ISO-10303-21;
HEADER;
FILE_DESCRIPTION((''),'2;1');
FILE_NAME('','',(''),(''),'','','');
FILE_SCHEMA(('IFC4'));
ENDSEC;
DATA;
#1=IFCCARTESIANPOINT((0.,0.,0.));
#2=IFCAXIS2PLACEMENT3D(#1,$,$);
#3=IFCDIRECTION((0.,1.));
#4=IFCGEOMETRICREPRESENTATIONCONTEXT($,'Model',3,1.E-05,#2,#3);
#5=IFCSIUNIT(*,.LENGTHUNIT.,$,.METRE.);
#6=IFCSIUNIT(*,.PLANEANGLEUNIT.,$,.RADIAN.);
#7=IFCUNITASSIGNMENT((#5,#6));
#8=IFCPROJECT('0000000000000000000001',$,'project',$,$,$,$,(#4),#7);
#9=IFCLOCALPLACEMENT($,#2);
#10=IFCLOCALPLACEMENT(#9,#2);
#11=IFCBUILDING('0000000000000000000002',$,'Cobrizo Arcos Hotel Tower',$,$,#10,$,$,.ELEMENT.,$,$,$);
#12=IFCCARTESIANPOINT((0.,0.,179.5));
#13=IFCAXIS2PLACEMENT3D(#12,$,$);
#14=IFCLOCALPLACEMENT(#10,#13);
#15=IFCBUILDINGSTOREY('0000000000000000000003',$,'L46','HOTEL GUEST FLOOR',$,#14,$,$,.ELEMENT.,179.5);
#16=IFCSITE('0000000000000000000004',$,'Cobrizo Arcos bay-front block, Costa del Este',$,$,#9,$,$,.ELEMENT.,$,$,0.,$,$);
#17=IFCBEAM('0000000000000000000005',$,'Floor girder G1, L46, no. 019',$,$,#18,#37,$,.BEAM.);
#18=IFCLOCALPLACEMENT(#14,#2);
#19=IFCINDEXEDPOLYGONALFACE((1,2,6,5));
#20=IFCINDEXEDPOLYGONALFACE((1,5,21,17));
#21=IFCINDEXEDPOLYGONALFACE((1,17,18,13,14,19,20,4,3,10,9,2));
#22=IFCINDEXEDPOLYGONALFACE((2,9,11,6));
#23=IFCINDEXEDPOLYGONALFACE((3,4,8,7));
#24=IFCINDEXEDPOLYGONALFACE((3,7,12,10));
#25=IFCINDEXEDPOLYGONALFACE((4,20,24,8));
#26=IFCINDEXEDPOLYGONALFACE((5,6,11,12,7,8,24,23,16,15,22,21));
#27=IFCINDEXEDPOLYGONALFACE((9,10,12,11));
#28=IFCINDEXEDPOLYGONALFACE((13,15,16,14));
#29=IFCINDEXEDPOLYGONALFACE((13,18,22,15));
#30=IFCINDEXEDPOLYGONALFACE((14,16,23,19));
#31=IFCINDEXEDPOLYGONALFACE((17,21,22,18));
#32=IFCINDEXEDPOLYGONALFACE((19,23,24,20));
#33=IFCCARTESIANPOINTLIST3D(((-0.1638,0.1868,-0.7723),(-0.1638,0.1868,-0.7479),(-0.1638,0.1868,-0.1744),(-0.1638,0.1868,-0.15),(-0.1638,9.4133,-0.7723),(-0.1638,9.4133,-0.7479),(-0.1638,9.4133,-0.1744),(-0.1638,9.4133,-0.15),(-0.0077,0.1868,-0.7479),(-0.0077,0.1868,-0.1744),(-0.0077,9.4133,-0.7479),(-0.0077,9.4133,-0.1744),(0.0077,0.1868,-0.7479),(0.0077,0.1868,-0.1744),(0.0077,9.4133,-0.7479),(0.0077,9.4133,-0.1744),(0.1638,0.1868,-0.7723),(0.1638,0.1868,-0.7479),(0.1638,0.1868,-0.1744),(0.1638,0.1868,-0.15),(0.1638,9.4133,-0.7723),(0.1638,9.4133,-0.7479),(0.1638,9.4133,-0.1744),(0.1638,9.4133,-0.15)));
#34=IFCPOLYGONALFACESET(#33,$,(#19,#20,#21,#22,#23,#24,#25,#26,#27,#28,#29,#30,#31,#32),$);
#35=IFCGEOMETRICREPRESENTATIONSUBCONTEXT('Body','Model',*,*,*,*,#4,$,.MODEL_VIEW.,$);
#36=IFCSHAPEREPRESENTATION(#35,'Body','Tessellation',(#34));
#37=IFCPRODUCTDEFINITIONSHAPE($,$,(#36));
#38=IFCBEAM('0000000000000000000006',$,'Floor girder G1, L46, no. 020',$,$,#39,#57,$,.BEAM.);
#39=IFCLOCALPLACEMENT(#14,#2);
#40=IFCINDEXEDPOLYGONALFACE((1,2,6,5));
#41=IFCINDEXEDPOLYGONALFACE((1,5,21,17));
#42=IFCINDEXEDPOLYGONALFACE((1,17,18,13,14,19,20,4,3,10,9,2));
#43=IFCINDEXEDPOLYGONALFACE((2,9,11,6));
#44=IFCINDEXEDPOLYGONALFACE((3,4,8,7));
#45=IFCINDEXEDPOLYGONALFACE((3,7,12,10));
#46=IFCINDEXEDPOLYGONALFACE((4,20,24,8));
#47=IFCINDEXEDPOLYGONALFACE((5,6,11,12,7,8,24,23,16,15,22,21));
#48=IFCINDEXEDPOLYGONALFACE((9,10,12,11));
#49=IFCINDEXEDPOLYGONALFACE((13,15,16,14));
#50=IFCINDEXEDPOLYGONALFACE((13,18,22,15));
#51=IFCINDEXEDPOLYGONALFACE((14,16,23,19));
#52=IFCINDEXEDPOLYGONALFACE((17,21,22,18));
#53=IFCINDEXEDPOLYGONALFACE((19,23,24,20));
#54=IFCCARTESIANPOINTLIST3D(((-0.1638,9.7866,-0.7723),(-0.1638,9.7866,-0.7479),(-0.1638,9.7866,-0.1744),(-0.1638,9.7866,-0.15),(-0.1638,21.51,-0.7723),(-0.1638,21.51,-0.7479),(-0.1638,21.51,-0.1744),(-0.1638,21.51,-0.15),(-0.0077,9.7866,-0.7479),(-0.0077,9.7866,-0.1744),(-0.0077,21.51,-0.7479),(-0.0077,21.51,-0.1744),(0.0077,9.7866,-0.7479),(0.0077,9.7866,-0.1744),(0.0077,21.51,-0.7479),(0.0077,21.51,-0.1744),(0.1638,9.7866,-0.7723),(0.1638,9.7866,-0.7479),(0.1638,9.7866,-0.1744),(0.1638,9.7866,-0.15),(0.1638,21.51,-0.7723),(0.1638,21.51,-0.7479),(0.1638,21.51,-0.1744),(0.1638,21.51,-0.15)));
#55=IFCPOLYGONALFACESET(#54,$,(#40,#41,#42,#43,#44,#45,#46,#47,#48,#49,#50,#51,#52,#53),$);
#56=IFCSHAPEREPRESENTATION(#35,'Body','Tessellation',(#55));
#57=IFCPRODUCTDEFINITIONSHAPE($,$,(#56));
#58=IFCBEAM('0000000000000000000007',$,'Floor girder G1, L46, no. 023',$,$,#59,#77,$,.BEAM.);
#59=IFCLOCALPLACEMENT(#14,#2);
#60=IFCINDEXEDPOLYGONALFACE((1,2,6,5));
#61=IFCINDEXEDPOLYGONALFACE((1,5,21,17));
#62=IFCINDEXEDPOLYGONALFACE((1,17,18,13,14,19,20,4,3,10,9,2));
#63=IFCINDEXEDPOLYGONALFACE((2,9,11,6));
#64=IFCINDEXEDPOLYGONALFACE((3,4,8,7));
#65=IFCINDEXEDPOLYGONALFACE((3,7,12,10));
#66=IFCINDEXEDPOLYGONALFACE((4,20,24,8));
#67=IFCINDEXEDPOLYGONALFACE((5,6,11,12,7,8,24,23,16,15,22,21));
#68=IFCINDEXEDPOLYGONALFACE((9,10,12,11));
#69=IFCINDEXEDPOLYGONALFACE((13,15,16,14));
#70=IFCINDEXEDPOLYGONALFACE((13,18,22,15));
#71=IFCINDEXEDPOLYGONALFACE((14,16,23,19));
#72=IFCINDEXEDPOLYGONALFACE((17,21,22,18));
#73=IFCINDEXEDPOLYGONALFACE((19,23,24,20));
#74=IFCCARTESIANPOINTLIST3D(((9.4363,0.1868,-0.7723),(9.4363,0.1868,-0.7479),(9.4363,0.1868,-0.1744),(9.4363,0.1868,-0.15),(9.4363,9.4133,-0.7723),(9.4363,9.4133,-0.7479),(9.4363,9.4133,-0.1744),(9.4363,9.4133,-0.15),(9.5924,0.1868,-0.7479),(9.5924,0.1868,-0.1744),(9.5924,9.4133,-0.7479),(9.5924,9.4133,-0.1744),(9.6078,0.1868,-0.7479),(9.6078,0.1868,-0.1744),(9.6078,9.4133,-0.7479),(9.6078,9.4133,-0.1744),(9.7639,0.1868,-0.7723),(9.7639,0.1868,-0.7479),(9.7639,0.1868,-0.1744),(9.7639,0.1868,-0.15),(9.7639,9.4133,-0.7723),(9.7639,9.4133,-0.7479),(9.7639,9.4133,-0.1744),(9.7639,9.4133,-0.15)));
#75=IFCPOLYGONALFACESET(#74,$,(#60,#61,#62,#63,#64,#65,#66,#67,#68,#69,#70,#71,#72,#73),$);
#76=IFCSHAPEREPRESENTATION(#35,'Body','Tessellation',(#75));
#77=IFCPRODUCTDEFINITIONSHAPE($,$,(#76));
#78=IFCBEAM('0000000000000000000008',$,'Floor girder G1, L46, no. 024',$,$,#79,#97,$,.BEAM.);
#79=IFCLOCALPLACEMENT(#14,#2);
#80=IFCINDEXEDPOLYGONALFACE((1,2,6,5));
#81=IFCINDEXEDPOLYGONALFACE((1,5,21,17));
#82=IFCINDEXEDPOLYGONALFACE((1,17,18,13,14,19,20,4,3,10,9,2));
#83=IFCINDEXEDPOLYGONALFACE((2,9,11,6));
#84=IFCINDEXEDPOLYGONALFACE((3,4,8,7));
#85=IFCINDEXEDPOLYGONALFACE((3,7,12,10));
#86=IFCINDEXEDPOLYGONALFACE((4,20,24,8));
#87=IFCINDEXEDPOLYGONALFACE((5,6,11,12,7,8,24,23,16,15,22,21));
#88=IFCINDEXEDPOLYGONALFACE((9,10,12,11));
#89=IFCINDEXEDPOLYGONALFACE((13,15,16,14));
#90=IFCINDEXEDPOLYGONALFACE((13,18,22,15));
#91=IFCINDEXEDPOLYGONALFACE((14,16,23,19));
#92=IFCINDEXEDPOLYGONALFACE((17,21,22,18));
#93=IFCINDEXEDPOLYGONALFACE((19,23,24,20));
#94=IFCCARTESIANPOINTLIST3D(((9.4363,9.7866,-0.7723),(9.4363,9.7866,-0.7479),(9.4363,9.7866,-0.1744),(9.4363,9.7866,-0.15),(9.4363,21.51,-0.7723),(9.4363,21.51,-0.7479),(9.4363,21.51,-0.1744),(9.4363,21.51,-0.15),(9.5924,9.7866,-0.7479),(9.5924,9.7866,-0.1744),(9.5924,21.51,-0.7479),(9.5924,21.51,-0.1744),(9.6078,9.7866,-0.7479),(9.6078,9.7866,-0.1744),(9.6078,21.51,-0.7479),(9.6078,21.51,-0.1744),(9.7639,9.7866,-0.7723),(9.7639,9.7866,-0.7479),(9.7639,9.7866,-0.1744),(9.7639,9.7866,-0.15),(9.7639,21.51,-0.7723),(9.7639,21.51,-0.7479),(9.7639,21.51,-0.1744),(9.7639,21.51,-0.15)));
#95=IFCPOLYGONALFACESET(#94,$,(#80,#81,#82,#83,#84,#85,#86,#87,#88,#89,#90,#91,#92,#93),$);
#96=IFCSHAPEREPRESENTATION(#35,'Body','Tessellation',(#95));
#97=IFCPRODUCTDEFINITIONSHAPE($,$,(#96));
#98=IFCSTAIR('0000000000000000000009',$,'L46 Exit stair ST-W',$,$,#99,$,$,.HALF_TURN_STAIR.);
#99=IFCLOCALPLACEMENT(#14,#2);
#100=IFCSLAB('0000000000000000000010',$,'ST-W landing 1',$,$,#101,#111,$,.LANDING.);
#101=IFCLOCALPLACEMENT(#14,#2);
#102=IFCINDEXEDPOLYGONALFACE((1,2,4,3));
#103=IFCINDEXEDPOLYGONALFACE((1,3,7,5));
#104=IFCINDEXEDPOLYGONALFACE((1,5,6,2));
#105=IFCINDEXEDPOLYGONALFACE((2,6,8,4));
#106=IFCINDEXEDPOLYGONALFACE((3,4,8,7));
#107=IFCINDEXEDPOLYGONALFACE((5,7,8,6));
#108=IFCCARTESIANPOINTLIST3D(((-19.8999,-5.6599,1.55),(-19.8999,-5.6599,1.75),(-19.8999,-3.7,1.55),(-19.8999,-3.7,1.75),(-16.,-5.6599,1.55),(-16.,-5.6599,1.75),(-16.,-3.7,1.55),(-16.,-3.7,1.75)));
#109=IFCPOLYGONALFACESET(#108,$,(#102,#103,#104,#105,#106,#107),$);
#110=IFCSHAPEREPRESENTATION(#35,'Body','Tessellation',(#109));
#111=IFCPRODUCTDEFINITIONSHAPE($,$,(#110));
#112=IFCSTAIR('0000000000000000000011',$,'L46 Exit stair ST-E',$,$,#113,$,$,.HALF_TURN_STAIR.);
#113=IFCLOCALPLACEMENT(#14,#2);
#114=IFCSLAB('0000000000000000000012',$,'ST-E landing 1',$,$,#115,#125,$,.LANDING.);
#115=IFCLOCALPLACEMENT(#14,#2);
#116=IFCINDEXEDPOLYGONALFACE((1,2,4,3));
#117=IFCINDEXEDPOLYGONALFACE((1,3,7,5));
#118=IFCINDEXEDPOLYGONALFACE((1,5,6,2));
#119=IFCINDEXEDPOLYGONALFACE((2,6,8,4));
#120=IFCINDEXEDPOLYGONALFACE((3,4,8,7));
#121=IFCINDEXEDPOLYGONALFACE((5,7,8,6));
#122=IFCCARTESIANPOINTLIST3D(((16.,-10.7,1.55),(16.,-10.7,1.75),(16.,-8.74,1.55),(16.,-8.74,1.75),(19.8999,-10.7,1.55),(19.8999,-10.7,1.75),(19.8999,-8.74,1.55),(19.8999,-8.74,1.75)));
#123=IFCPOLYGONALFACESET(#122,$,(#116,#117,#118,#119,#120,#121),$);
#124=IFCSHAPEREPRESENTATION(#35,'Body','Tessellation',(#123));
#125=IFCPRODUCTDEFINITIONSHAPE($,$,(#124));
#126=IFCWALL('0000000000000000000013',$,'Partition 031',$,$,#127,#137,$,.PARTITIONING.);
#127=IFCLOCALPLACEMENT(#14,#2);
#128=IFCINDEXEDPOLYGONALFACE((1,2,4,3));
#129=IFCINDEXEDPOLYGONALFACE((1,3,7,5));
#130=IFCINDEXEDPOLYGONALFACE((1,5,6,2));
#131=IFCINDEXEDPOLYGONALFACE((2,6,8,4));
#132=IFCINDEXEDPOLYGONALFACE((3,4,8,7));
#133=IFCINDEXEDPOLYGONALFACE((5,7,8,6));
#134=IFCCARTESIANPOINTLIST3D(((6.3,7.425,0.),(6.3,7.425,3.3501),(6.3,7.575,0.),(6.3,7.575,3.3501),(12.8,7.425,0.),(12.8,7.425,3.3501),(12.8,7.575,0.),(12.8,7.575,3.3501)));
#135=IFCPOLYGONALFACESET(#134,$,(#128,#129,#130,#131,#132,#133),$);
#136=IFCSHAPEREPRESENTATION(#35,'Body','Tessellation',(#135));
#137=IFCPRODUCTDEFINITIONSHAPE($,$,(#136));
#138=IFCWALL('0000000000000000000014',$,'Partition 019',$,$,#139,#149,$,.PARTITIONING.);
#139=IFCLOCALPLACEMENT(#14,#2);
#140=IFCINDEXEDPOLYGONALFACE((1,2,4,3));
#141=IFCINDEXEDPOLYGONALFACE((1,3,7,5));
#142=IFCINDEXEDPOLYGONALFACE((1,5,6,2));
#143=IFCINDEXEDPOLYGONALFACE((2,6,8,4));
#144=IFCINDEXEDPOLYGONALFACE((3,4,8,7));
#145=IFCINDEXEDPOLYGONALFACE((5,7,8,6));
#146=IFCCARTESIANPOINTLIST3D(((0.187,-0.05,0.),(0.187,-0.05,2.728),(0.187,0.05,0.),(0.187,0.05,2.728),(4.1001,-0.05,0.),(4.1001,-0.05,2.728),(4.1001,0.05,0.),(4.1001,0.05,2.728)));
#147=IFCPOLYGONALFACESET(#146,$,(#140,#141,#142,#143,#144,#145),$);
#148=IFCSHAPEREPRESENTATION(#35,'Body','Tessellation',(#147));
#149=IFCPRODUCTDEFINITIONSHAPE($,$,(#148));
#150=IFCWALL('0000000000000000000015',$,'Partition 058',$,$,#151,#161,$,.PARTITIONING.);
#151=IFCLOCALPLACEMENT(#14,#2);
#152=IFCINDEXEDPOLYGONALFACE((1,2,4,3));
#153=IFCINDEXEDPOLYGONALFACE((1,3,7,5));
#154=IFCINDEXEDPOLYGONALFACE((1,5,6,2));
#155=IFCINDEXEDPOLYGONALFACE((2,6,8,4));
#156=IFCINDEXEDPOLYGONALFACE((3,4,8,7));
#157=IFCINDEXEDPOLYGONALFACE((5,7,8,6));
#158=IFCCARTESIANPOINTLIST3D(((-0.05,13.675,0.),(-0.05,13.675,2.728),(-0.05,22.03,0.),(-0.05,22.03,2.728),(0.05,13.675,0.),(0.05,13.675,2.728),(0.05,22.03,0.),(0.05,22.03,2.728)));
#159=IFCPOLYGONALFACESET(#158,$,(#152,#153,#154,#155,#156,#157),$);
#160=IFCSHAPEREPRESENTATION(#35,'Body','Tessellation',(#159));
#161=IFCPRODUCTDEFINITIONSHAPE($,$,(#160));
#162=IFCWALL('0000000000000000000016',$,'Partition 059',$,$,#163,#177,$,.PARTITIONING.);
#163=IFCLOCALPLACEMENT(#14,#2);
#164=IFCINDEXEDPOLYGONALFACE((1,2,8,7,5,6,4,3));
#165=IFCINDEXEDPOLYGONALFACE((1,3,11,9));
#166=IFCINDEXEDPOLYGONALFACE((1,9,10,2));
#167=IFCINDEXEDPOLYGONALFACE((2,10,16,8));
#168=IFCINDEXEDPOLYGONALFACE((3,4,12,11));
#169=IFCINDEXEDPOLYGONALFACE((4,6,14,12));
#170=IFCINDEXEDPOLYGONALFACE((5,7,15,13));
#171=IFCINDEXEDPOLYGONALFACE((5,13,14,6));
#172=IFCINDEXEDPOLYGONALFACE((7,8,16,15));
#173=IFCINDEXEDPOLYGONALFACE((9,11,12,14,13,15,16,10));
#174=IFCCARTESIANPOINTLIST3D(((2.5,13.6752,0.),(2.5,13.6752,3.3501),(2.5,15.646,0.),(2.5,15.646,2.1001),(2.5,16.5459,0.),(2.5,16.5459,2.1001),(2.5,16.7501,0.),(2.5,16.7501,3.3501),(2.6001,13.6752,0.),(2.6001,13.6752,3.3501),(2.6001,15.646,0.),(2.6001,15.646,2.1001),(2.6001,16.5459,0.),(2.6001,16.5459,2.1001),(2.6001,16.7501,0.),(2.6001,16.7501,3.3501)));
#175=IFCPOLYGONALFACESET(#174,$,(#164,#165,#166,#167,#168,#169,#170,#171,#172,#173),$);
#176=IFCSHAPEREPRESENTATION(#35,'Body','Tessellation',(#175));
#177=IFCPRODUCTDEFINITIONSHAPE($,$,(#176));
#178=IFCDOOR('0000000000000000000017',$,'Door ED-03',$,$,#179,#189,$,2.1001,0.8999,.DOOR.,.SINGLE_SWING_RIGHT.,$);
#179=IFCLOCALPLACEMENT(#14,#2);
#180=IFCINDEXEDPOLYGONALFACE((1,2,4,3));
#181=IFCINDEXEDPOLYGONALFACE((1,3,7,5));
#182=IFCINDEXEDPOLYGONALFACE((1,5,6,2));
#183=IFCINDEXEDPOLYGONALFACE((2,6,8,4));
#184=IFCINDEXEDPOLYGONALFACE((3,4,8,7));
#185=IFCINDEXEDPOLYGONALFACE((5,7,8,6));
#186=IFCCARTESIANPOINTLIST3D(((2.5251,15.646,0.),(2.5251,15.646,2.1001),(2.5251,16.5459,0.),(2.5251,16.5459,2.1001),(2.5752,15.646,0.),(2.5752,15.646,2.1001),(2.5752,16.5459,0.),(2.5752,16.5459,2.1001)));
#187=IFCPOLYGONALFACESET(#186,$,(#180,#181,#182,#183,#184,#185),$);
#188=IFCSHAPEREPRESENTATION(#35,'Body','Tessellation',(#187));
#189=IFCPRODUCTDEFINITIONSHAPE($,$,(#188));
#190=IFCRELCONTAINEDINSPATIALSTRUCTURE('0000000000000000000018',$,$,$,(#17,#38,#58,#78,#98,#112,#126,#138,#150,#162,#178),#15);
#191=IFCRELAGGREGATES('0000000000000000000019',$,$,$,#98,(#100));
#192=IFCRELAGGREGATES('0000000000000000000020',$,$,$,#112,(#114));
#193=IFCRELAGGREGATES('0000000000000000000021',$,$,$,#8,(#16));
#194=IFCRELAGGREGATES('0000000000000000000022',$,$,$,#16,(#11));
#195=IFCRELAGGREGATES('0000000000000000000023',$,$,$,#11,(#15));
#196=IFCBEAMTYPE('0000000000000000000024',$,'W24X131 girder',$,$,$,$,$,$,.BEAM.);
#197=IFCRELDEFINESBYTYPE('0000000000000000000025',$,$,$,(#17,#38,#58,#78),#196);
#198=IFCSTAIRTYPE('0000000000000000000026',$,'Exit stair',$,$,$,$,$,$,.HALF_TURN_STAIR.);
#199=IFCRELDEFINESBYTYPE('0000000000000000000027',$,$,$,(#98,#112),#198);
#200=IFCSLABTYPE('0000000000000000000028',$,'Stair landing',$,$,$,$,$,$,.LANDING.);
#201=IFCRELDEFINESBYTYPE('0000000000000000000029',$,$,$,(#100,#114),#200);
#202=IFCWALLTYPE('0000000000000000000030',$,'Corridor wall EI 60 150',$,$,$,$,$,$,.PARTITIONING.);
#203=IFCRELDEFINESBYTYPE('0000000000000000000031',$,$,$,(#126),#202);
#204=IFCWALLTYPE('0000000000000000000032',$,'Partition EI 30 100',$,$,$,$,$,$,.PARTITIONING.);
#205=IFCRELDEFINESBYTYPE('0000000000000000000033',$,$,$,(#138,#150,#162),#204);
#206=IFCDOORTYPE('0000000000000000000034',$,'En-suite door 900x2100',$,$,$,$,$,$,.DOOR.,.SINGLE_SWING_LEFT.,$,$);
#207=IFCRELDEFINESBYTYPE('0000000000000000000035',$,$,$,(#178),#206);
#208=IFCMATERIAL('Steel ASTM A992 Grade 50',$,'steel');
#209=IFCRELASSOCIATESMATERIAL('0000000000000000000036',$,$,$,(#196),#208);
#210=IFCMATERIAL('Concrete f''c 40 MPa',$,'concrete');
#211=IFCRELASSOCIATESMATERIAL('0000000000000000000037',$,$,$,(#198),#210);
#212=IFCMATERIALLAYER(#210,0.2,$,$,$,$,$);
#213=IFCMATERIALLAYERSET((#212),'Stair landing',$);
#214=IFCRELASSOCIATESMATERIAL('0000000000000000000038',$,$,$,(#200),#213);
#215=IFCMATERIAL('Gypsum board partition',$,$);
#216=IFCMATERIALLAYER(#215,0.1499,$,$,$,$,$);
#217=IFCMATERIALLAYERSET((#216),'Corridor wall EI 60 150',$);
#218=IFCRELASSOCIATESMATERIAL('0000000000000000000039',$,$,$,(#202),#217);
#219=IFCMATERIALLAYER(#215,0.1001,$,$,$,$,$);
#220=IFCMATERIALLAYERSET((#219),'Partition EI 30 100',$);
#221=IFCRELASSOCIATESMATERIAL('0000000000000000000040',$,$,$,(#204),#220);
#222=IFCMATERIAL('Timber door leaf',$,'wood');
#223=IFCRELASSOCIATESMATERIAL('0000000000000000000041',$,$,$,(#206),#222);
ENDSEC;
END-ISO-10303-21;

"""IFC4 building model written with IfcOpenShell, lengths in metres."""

from ifc_helpers import new_model, si_unit, direction, frame, frame_2d, origin, origin_2d, place, context, subcontext, project, spatial, polyline, rectangle, i_section, outline, extrude, material, layer, layer_set, material_profile, profile_set, type_object, element, fill, aggregate, save


model = new_model("IFC4")

# Units and contexts
model_context = context("Model", 3, precision=1e-05, world=origin(), true_north=direction((0.0, 1.0)))
body_context = subcontext(model_context, "Body", "Model", "MODEL_VIEW")
ifc_project = project(units=[si_unit("LENGTHUNIT", "METRE"), si_unit("PLANEANGLEUNIT", "RADIAN")], contexts=[model_context])

# Site, building, storey
site_placement = place(None, origin())
site = spatial("IfcSite", under=ifc_project, at=site_placement, Name="Cobrizo Arcos bay-front block, Costa del Este", CompositionType="ELEMENT", RefElevation=0.0)
building_placement = place(site_placement, origin())
building = spatial("IfcBuilding", under=site, at=building_placement, Name="Cobrizo Arcos Hotel Tower", CompositionType="ELEMENT")
storey_placement = place(building_placement, frame((0.0, 0.0, 179.5)))
storey = spatial("IfcBuildingStorey", under=building, at=storey_placement, Name="L46", Description="HOTEL GUEST FLOOR", CompositionType="ELEMENT", Elevation=179.5)

# Shared definitions
ifc_material_1 = material(Name="Steel ASTM A992 Grade 50", Category="steel")

# Beams
ifc_material_profile_1 = material_profile(ifc_material_1, i_section(OverallWidth=0.3276, OverallDepth=0.6223, WebThickness=0.0154, FlangeThickness=0.0244, at=origin_2d()), Name="W24X131")
ifc_profile_set_1 = profile_set([ifc_material_profile_1], Name="Steel ASTM A992 Grade 50")
beam_type_1 = type_object("IfcBeamType", Name="W24X131 girder", PredefinedType="BEAM", material=ifc_profile_set_1)
beam_1_placement = place(storey_placement, frame((0.0, 0.1868, -0.4612), z_axis=(0.0, 1.0, 0.0), x_axis=(-1.0, 0.0, 0.0)))
element("IfcBeam", 1, at=beam_1_placement, inside=storey, type_object=beam_type_1, Name="Floor girder G1, L46, no. 019", PredefinedType="BEAM", context=body_context, shape_type="SweptSolid", body=[
    extrude(i_section(OverallWidth=0.3276, OverallDepth=0.6223, WebThickness=0.0154, FlangeThickness=0.0244, at=origin_2d()), origin(), (0.0, 0.0, 1.0), 9.2266),
])
beam_2_placement = place(storey_placement, frame((0.0, 9.7866, -0.4612), z_axis=(0.0, 1.0, 0.0), x_axis=(-1.0, 0.0, 0.0)))
element("IfcBeam", 2, at=beam_2_placement, inside=storey, type_object=beam_type_1, Name="Floor girder G1, L46, no. 020", PredefinedType="BEAM", context=body_context, shape_type="SweptSolid", body=[
    extrude(i_section(OverallWidth=0.3276, OverallDepth=0.6223, WebThickness=0.0154, FlangeThickness=0.0244, at=origin_2d()), origin(), (0.0, 0.0, 1.0), 11.7234),
])
beam_3_placement = place(storey_placement, frame((9.6001, 0.1868, -0.4612), z_axis=(0.0, 1.0, 0.0), x_axis=(-1.0, 0.0, 0.0)))
element("IfcBeam", 3, at=beam_3_placement, inside=storey, type_object=beam_type_1, Name="Floor girder G1, L46, no. 023", PredefinedType="BEAM", context=body_context, shape_type="SweptSolid", body=[
    extrude(i_section(OverallWidth=0.3276, OverallDepth=0.6223, WebThickness=0.0154, FlangeThickness=0.0244, at=origin_2d()), origin(), (0.0, 0.0, 1.0), 9.2266),
])
beam_4_placement = place(storey_placement, frame((9.6001, 9.7866, -0.4612), z_axis=(0.0, 1.0, 0.0), x_axis=(-1.0, 0.0, 0.0)))
element("IfcBeam", 4, at=beam_4_placement, inside=storey, type_object=beam_type_1, Name="Floor girder G1, L46, no. 024", PredefinedType="BEAM", context=body_context, shape_type="SweptSolid", body=[
    extrude(i_section(OverallWidth=0.3276, OverallDepth=0.6223, WebThickness=0.0154, FlangeThickness=0.0244, at=origin_2d()), origin(), (0.0, 0.0, 1.0), 11.7234),
])

# Stairs, slabs
ifc_material_2 = material(Name="Concrete f'c 40 MPa", Category="concrete")
stair_type = type_object("IfcStairType", Name="Exit stair", PredefinedType="HALF_TURN_STAIR", material=ifc_material_2)
stair_1_placement = place(storey_placement, origin())
stair_1 = element("IfcStair", 5, at=stair_1_placement, inside=storey, type_object=stair_type, Name="L46 Exit stair ST-W", PredefinedType="HALF_TURN_STAIR")
ifc_layer_1 = layer(ifc_material_2, 0.2)
ifc_layer_set_1 = layer_set([ifc_layer_1], Name="Stair landing")
slab_type = type_object("IfcSlabType", Name="Stair landing", PredefinedType="LANDING", material=ifc_layer_set_1)
slab_1_placement = place(storey_placement, frame((0.0, 0.0, 1.55)))
slab_1 = element("IfcSlab", 6, at=slab_1_placement, type_object=slab_type, Name="ST-W landing 1", PredefinedType="LANDING", context=body_context, shape_type="SweptSolid", body=[
    extrude(outline(polyline([(-16.0, -5.6599), (-16.0, -3.7), (-19.8999, -3.7), (-19.8999, -5.6599), (-16.0, -5.6599)])), origin(), (0.0, 0.0, 1.0), 0.2),
])
aggregate(stair_1, [slab_1])
stair_2_placement = place(storey_placement, origin())
stair_2 = element("IfcStair", 7, at=stair_2_placement, inside=storey, type_object=stair_type, Name="L46 Exit stair ST-E", PredefinedType="HALF_TURN_STAIR")
slab_2_placement = place(storey_placement, frame((0.0, 0.0, 1.55)))
slab_2 = element("IfcSlab", 8, at=slab_2_placement, type_object=slab_type, Name="ST-E landing 1", PredefinedType="LANDING", context=body_context, shape_type="SweptSolid", body=[
    extrude(outline(polyline([(16.0, -8.74), (16.0, -10.7), (19.8999, -10.7), (19.8999, -8.74), (16.0, -8.74)])), origin(), (0.0, 0.0, 1.0), 0.2),
])
aggregate(stair_2, [slab_2])

# Walls
ifc_material_3 = material(Name="Gypsum board partition")
ifc_layer_2 = layer(ifc_material_3, 0.1499)
ifc_layer_set_2 = layer_set([ifc_layer_2], Name="Corridor wall EI 60 150")
wall_type_1 = type_object("IfcWallType", Name="Corridor wall EI 60 150", PredefinedType="PARTITIONING", material=ifc_layer_set_2)
wall_1_placement = place(storey_placement, frame((6.3, 7.5, 0.0), z_axis=(0.0, 0.0, 1.0), x_axis=(1.0, 0.0, 0.0)))
element("IfcWall", 9, at=wall_1_placement, inside=storey, type_object=wall_type_1, Name="Partition 031", PredefinedType="PARTITIONING", context=body_context, shape_type="SweptSolid", body=[
    extrude(rectangle(XDim=6.5, YDim=0.1499, at=frame_2d((3.25, 0.0))), origin(), (0.0, 0.0, 1.0), 3.3501),
])
ifc_layer_3 = layer(ifc_material_3, 0.1001)
ifc_layer_set_3 = layer_set([ifc_layer_3], Name="Partition EI 30 100")
wall_type_2 = type_object("IfcWallType", Name="Partition EI 30 100", PredefinedType="PARTITIONING", material=ifc_layer_set_3)
wall_2_placement = place(storey_placement, frame((0.187, 0.0, 0.0), z_axis=(0.0, 0.0, 1.0), x_axis=(1.0, 0.0, 0.0)))
element("IfcWall", 10, at=wall_2_placement, inside=storey, type_object=wall_type_2, Name="Partition 019", PredefinedType="PARTITIONING", context=body_context, shape_type="SweptSolid", body=[
    extrude(rectangle(XDim=3.9131, YDim=0.1001, at=frame_2d((1.9565, 0.0))), origin(), (0.0, 0.0, 1.0), 2.728),
])
wall_3_placement = place(storey_placement, frame((0.0, 13.675, 0.0), z_axis=(0.0, 0.0, 1.0), x_axis=(0.0, 1.0, 0.0)))
element("IfcWall", 11, at=wall_3_placement, inside=storey, type_object=wall_type_2, Name="Partition 058", PredefinedType="PARTITIONING", context=body_context, shape_type="SweptSolid", body=[
    extrude(rectangle(XDim=8.355, YDim=0.1001, at=frame_2d((4.1775, 0.0))), origin(), (0.0, 0.0, 1.0), 2.728),
])

# Wall, opening, door
wall_4_placement = place(storey_placement, frame((2.55, 13.675, 0.0), z_axis=(0.0, 0.0, 1.0), x_axis=(0.0, 1.0, 0.0)))
wall_4 = element("IfcWall", 12, at=wall_4_placement, inside=storey, type_object=wall_type_2, Name="Partition 059", PredefinedType="PARTITIONING", context=body_context, shape_type="SweptSolid", body=[
    extrude(rectangle(XDim=3.075, YDim=0.1001, at=frame_2d((1.5376, 0.0))), origin(), (0.0, 0.0, 1.0), 3.3501),
])
opening_1_placement = place(wall_4_placement, frame((1.9709, 0.0, 0.0)))
opening_1 = element("IfcOpeningElement", 13, at=opening_1_placement, cuts=wall_4, PredefinedType="OPENING", context=body_context, shape_type="SweptSolid", body=[
    extrude(rectangle(XDim=0.8999, YDim=2.1001, at=frame_2d((0.45, 1.05))), frame((0.0, 0.062, 0.0), z_axis=(0.0, -1.0, 0.0), x_axis=(1.0, 0.0, 0.0)), (0.0, 0.0, 1.0), 0.124),
])
ifc_material_4 = material(Name="Timber door leaf", Category="wood")
door_type_1 = type_object("IfcDoorType", Name="En-suite door 900x2100", OperationType="SINGLE_SWING_LEFT", PredefinedType="DOOR", material=ifc_material_4)
door_1_placement = place(opening_1_placement, origin())
door_1 = element("IfcDoor", 14, at=door_1_placement, inside=storey, type_object=door_type_1, Name="Door ED-03", OperationType="SINGLE_SWING_RIGHT", OverallHeight=2.1001, OverallWidth=0.8999, PredefinedType="DOOR", context=body_context, shape_type="SweptSolid", body=[
    extrude(rectangle(XDim=0.8999, YDim=2.1001, at=frame_2d((0.45, 1.05))), frame((0.0, 0.0249, 0.0), z_axis=(0.0, -1.0, 0.0), x_axis=(1.0, 0.0, 0.0)), (0.0, 0.0, 1.0), 0.05),
])
fill(opening_1, door_1)

save(model, "model.ifc")
